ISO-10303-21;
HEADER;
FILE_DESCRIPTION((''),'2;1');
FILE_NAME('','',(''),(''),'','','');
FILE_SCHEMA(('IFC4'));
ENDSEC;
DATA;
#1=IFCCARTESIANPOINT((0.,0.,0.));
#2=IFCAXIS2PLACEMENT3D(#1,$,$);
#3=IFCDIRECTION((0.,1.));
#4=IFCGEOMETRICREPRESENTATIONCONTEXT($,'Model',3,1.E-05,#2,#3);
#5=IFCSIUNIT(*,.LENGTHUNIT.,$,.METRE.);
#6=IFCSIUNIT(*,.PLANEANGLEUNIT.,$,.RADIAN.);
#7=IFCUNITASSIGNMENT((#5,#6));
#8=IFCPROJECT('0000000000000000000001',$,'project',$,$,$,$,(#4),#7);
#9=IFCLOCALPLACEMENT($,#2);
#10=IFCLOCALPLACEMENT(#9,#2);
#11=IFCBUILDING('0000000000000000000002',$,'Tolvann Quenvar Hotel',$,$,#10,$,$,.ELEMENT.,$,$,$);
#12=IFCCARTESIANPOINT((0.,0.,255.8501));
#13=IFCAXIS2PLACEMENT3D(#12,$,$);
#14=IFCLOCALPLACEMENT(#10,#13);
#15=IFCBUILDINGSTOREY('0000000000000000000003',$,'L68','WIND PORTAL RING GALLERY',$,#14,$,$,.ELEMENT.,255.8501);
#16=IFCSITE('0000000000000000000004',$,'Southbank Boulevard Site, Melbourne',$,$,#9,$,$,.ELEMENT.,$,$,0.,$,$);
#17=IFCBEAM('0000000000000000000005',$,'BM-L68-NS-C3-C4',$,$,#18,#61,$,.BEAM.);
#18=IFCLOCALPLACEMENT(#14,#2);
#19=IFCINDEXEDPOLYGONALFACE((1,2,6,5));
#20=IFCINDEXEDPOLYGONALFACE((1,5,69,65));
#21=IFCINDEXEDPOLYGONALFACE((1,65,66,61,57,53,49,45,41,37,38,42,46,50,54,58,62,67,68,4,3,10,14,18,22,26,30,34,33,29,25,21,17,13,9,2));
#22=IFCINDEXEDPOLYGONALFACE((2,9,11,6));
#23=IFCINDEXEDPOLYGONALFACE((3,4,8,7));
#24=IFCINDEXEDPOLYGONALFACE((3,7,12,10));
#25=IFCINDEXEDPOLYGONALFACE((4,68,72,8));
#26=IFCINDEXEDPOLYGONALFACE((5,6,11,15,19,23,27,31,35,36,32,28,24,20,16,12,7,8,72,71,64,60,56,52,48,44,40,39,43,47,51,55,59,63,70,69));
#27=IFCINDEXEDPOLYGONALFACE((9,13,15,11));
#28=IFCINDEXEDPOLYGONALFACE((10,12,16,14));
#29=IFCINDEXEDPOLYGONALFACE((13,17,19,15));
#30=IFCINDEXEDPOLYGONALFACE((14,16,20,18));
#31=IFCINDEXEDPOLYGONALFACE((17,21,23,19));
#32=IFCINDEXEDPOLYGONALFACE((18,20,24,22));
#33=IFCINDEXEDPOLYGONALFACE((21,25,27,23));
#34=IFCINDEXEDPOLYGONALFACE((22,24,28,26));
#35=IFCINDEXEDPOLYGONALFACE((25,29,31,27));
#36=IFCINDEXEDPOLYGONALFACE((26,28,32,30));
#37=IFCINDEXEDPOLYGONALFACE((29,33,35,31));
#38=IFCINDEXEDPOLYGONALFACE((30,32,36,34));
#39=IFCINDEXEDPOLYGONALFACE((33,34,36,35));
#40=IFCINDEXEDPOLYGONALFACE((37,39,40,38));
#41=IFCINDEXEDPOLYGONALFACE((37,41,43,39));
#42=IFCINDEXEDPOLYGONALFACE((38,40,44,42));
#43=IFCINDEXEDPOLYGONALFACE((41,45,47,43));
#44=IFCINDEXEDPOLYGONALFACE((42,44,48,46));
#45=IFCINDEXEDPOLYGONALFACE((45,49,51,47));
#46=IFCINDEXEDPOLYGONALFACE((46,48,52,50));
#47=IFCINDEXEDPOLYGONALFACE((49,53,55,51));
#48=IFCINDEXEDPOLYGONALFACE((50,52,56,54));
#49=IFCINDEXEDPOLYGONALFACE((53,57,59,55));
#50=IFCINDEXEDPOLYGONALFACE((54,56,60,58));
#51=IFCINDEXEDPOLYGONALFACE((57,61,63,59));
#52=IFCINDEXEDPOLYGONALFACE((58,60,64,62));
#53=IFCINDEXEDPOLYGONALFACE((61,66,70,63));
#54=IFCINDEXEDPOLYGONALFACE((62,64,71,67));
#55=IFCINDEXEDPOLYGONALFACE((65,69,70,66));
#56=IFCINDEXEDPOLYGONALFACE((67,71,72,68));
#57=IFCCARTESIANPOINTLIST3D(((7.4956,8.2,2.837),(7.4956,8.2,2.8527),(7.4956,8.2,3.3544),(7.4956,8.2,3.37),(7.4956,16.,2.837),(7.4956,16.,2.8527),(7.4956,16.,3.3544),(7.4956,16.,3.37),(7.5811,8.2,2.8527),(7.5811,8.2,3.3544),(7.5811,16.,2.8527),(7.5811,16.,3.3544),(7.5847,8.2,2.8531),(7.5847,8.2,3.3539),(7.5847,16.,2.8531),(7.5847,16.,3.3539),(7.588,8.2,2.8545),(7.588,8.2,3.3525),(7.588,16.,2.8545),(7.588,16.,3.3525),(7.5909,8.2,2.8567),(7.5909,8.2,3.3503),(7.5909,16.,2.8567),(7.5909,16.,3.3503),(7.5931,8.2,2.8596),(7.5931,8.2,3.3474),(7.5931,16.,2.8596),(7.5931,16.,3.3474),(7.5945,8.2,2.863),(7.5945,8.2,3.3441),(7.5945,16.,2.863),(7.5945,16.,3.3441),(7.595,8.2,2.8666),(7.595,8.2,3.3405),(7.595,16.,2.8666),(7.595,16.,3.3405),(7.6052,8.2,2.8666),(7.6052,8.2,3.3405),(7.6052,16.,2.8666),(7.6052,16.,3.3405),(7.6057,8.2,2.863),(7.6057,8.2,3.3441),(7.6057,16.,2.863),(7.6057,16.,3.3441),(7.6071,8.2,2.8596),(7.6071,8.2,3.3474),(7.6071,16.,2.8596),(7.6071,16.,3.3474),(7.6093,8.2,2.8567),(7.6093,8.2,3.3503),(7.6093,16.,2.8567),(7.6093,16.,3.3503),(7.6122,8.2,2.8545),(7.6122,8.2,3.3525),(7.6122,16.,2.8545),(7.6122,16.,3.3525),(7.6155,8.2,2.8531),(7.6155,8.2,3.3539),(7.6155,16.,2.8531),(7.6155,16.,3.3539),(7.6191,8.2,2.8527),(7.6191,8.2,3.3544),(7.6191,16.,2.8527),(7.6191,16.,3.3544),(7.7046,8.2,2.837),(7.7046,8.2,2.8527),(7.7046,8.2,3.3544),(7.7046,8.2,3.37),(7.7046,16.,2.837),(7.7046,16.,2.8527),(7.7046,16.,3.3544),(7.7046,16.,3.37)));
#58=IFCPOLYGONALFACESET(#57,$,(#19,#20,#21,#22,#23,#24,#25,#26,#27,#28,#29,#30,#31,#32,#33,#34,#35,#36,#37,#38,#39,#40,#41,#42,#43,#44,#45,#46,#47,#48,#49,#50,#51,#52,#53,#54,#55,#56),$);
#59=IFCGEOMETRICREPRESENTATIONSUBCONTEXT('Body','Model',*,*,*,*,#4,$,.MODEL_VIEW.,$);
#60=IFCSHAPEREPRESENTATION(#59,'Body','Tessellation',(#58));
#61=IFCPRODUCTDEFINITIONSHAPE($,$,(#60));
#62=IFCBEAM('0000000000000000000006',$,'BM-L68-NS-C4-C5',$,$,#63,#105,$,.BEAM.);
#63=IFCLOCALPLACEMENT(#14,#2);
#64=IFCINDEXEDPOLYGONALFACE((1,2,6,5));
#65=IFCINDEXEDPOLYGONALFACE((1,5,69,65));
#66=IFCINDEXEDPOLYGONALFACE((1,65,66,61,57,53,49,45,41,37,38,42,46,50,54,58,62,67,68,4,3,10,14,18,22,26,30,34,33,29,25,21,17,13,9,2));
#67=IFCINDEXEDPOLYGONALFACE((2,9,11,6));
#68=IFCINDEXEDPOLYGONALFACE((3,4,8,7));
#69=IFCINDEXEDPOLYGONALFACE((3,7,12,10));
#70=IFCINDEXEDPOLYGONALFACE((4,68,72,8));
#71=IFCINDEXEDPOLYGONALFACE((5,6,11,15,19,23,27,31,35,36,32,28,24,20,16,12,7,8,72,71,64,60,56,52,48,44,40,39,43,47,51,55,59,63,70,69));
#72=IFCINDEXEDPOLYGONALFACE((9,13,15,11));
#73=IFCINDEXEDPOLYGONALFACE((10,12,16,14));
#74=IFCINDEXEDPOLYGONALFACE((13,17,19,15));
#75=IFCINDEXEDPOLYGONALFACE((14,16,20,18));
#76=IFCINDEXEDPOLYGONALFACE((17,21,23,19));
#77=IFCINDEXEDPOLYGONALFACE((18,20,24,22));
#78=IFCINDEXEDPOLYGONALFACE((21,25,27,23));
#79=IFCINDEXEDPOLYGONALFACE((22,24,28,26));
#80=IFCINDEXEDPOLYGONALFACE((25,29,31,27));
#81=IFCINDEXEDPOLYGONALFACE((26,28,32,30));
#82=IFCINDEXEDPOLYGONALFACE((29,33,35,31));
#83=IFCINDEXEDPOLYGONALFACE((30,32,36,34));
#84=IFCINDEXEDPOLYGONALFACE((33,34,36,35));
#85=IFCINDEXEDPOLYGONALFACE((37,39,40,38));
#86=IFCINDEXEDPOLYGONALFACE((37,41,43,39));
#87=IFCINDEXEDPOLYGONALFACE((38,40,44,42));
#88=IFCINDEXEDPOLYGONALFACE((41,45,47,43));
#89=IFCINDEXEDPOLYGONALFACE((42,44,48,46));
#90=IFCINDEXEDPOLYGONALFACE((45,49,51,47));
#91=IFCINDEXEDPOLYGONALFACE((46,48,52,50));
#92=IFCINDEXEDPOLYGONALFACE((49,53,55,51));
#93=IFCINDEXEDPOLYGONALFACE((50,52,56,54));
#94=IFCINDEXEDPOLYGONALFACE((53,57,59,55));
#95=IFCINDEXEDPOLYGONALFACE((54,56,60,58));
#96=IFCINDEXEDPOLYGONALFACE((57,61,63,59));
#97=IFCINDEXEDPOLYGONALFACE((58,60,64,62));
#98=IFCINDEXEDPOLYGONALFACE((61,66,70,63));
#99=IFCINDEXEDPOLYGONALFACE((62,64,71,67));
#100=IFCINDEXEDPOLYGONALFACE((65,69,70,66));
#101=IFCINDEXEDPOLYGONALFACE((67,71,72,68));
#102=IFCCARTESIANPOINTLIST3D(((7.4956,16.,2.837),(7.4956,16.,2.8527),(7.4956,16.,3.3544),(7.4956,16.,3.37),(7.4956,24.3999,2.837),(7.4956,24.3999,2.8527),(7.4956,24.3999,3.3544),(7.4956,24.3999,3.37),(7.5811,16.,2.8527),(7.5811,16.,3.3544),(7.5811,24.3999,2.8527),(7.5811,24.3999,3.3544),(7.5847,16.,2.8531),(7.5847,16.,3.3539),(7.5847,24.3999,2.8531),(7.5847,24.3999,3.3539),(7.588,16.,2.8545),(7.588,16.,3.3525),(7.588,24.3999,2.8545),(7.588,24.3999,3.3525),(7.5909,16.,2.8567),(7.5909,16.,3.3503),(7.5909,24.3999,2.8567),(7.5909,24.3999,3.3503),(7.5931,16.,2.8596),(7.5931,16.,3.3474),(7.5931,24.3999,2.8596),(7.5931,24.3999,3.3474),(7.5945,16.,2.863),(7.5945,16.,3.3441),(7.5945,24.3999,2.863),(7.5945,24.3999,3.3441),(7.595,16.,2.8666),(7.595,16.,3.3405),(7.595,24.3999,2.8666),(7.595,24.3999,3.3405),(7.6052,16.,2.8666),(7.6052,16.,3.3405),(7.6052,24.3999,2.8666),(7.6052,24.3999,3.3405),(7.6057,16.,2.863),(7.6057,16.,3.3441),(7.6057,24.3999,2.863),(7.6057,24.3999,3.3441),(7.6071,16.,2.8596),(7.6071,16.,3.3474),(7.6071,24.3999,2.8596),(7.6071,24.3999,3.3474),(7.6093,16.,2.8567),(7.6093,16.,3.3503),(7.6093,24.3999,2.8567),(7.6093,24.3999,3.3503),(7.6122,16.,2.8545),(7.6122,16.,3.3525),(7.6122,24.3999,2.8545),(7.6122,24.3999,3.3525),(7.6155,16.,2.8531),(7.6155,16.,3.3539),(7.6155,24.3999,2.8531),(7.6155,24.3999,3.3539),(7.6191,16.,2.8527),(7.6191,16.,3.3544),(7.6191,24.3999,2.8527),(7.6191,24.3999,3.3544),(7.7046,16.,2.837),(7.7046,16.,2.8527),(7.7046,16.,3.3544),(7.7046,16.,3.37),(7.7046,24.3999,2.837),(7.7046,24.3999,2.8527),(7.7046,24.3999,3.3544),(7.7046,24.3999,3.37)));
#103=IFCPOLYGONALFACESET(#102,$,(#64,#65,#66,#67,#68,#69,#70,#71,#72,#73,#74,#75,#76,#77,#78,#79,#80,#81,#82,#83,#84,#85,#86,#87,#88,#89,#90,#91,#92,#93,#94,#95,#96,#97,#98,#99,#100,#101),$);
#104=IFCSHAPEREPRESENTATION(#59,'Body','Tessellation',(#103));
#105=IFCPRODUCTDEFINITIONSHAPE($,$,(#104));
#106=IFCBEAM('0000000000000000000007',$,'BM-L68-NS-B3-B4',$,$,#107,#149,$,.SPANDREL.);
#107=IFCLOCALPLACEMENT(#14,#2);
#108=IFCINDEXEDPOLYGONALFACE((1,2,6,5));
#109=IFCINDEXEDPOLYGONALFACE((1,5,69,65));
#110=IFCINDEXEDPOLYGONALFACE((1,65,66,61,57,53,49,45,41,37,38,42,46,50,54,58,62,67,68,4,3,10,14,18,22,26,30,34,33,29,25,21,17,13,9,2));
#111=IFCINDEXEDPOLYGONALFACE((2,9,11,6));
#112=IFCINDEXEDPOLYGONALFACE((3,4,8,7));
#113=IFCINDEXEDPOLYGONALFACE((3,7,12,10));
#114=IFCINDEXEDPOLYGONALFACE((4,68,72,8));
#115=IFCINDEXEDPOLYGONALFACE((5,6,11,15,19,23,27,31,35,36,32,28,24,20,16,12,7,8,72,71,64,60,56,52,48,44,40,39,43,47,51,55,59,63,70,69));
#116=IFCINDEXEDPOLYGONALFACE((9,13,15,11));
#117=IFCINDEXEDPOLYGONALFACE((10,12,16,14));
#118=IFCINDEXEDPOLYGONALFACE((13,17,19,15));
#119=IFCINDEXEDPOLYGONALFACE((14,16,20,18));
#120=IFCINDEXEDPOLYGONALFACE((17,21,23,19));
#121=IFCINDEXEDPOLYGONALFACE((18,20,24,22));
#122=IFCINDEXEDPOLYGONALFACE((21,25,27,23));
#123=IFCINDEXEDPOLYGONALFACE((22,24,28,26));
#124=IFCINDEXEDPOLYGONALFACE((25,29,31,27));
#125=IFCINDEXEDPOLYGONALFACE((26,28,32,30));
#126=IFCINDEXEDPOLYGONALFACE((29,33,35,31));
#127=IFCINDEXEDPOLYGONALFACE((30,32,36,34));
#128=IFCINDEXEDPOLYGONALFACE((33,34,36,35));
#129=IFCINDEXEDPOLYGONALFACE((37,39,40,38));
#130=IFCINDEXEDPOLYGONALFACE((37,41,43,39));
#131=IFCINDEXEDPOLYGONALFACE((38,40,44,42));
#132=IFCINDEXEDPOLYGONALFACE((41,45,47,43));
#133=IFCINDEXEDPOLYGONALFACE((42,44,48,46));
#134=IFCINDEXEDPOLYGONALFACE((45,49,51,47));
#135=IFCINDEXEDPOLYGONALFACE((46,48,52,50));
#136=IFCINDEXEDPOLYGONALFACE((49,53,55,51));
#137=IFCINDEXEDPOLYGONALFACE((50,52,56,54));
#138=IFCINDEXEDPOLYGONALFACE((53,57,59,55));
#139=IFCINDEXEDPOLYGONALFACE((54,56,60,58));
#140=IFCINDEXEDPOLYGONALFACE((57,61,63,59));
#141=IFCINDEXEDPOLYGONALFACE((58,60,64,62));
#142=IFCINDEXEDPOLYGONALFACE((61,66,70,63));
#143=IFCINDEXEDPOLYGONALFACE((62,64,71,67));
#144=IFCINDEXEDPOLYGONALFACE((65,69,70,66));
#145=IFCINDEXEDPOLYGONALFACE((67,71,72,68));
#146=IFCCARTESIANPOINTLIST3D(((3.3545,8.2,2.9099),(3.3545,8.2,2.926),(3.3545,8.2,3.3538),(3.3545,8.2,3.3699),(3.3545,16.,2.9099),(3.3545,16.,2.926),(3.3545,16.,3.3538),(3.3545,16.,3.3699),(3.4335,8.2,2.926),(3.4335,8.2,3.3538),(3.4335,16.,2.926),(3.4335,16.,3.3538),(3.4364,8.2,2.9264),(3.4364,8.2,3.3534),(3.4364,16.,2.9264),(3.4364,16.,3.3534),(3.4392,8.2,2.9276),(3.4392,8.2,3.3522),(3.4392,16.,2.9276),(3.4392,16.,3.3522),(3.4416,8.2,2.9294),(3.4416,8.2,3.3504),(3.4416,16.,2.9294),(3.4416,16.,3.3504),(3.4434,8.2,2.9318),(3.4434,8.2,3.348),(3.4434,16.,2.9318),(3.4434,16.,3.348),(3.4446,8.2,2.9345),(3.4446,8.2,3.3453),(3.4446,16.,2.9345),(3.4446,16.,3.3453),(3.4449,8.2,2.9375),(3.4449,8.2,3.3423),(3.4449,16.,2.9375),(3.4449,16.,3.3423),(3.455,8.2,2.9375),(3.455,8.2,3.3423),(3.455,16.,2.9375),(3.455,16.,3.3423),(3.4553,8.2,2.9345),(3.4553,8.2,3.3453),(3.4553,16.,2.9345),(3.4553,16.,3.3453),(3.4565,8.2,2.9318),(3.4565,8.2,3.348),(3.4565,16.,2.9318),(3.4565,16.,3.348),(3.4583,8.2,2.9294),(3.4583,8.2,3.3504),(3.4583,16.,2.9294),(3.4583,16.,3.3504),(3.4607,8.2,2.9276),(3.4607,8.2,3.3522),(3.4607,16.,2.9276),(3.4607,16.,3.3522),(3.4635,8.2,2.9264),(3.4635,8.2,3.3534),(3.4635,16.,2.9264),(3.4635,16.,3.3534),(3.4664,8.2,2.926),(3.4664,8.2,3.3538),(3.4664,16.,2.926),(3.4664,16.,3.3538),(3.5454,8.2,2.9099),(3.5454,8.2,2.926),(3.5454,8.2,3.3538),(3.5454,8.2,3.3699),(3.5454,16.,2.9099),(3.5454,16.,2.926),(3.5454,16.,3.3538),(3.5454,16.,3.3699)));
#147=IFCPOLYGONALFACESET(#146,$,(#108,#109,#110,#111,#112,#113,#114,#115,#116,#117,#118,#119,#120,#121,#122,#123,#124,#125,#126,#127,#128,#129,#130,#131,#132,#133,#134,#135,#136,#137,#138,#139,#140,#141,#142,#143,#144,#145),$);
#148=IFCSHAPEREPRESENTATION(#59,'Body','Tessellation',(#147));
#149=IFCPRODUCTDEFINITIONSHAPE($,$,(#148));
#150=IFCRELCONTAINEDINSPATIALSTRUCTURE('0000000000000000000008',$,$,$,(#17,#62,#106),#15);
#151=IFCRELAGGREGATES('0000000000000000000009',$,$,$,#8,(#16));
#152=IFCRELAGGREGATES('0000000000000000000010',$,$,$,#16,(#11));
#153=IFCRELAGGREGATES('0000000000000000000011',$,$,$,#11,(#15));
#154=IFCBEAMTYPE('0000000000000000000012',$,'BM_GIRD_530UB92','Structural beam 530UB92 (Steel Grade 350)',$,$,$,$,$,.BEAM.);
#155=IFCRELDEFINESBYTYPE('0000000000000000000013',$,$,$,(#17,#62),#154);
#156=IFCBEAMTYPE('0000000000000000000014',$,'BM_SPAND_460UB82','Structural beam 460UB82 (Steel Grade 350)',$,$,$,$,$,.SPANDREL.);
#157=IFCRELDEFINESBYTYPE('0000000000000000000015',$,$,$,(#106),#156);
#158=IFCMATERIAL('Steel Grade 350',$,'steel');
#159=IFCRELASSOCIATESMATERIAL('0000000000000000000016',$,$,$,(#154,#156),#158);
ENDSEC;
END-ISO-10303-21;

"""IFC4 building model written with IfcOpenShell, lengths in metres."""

from ifc_helpers import new_model, si_unit, direction, frame, origin, origin_2d, place, context, subcontext, project, spatial, i_section, extrude, source, transform, mapped, material, material_profile, profile_set, type_object, element, save


model = new_model("IFC4")

# Units and contexts
model_context = context("Model", 3, precision=1e-05, world=origin(), true_north=direction((0.0, 1.0)))
body_context = subcontext(model_context, "Body", "Model", "MODEL_VIEW")
ifc_project = project(units=[si_unit("LENGTHUNIT", "METRE"), si_unit("PLANEANGLEUNIT", "RADIAN")], contexts=[model_context])

# Site, building, storey
site_placement = place(None, origin())
site = spatial("IfcSite", under=ifc_project, at=site_placement, Name="Southbank Boulevard Site, Melbourne", CompositionType="ELEMENT", RefElevation=0.0)
building_placement = place(site_placement, origin())
building = spatial("IfcBuilding", under=site, at=building_placement, Name="Tolvann Quenvar Hotel", CompositionType="ELEMENT")
storey_placement = place(building_placement, frame((0.0, 0.0, 255.8501)))
storey = spatial("IfcBuildingStorey", under=building, at=storey_placement, Name="L68", Description="WIND PORTAL RING GALLERY", CompositionType="ELEMENT", Elevation=255.8501)

# Shared definitions
ifc_material_1 = material(Name="Steel Grade 350", Category="steel")

# Beams
ifc_material_profile_1 = material_profile(ifc_material_1, i_section(OverallWidth=0.209, OverallDepth=0.533, WebThickness=0.0103, FlangeThickness=0.0156, FilletRadius=0.0139, at=origin_2d()), Name="530UB92")
ifc_profile_set_1 = profile_set([ifc_material_profile_1], Name="Steel Grade 350")
beam_type_1 = type_object("IfcBeamType", Name="BM_GIRD_530UB92", Description="Structural beam 530UB92 (Steel Grade 350)", PredefinedType="BEAM", material=ifc_profile_set_1)
shared_shape_1 = source(origin(), body_context, "Body", "SweptSolid", [
    extrude(i_section(OverallWidth=0.209, OverallDepth=0.533, WebThickness=0.0103, FlangeThickness=0.0156, FilletRadius=0.0139, at=origin_2d()), origin(), (0.0, 0.0, 1.0), 7.8),
])
beam_1_placement = place(storey_placement, frame((7.6001, 8.2, 3.1035), z_axis=(0.0, 1.0, 0.0), x_axis=(-1.0, 0.0, 0.0)))
element("IfcBeam", 1, at=beam_1_placement, inside=storey, type_object=beam_type_1, Name="BM-L68-NS-C3-C4", PredefinedType="BEAM", context=body_context, shape_type="MappedRepresentation", body=[
    mapped(shared_shape_1, transform((0.0, 0.0, 0.0), x_axis=(1.0, 0.0, 0.0), y_axis=(0.0, 1.0, 0.0), z_axis=(0.0, 0.0, 1.0), scale=1.0)),
])
shared_shape_2 = source(origin(), body_context, "Body", "SweptSolid", [
    extrude(i_section(OverallWidth=0.209, OverallDepth=0.533, WebThickness=0.0103, FlangeThickness=0.0156, FilletRadius=0.0139, at=origin_2d()), origin(), (0.0, 0.0, 1.0), 8.3999),
])
beam_2_placement = place(storey_placement, frame((7.6001, 16.0, 3.1035), z_axis=(0.0, 1.0, 0.0), x_axis=(-1.0, 0.0, 0.0)))
element("IfcBeam", 2, at=beam_2_placement, inside=storey, type_object=beam_type_1, Name="BM-L68-NS-C4-C5", PredefinedType="BEAM", context=body_context, shape_type="MappedRepresentation", body=[
    mapped(shared_shape_2, transform((0.0, 0.0, 0.0), x_axis=(1.0, 0.0, 0.0), y_axis=(0.0, 1.0, 0.0), z_axis=(0.0, 0.0, 1.0), scale=1.0)),
])
ifc_material_profile_2 = material_profile(ifc_material_1, i_section(OverallWidth=0.1909, OverallDepth=0.46, WebThickness=0.01, FlangeThickness=0.0161, FilletRadius=0.0115, at=origin_2d()), Name="460UB82")
ifc_profile_set_2 = profile_set([ifc_material_profile_2], Name="Steel Grade 350")
beam_type_2 = type_object("IfcBeamType", Name="BM_SPAND_460UB82", Description="Structural beam 460UB82 (Steel Grade 350)", PredefinedType="SPANDREL", material=ifc_profile_set_2)
shared_shape_3 = source(origin(), body_context, "Body", "SweptSolid", [
    extrude(i_section(OverallWidth=0.1909, OverallDepth=0.46, WebThickness=0.01, FlangeThickness=0.0161, FilletRadius=0.0115, at=origin_2d()), origin(), (0.0, 0.0, 1.0), 7.8),
])
beam_3_placement = place(storey_placement, frame((3.45, 8.2, 3.1399), z_axis=(0.0, 1.0, 0.0), x_axis=(-1.0, 0.0, 0.0)))
element("IfcBeam", 3, at=beam_3_placement, inside=storey, type_object=beam_type_2, Name="BM-L68-NS-B3-B4", PredefinedType="SPANDREL", context=body_context, shape_type="MappedRepresentation", body=[
    mapped(shared_shape_3, transform((0.0, 0.0, 0.0), x_axis=(1.0, 0.0, 0.0), y_axis=(0.0, 1.0, 0.0), z_axis=(0.0, 0.0, 1.0), scale=1.0)),
])

save(model, "model.ifc")
